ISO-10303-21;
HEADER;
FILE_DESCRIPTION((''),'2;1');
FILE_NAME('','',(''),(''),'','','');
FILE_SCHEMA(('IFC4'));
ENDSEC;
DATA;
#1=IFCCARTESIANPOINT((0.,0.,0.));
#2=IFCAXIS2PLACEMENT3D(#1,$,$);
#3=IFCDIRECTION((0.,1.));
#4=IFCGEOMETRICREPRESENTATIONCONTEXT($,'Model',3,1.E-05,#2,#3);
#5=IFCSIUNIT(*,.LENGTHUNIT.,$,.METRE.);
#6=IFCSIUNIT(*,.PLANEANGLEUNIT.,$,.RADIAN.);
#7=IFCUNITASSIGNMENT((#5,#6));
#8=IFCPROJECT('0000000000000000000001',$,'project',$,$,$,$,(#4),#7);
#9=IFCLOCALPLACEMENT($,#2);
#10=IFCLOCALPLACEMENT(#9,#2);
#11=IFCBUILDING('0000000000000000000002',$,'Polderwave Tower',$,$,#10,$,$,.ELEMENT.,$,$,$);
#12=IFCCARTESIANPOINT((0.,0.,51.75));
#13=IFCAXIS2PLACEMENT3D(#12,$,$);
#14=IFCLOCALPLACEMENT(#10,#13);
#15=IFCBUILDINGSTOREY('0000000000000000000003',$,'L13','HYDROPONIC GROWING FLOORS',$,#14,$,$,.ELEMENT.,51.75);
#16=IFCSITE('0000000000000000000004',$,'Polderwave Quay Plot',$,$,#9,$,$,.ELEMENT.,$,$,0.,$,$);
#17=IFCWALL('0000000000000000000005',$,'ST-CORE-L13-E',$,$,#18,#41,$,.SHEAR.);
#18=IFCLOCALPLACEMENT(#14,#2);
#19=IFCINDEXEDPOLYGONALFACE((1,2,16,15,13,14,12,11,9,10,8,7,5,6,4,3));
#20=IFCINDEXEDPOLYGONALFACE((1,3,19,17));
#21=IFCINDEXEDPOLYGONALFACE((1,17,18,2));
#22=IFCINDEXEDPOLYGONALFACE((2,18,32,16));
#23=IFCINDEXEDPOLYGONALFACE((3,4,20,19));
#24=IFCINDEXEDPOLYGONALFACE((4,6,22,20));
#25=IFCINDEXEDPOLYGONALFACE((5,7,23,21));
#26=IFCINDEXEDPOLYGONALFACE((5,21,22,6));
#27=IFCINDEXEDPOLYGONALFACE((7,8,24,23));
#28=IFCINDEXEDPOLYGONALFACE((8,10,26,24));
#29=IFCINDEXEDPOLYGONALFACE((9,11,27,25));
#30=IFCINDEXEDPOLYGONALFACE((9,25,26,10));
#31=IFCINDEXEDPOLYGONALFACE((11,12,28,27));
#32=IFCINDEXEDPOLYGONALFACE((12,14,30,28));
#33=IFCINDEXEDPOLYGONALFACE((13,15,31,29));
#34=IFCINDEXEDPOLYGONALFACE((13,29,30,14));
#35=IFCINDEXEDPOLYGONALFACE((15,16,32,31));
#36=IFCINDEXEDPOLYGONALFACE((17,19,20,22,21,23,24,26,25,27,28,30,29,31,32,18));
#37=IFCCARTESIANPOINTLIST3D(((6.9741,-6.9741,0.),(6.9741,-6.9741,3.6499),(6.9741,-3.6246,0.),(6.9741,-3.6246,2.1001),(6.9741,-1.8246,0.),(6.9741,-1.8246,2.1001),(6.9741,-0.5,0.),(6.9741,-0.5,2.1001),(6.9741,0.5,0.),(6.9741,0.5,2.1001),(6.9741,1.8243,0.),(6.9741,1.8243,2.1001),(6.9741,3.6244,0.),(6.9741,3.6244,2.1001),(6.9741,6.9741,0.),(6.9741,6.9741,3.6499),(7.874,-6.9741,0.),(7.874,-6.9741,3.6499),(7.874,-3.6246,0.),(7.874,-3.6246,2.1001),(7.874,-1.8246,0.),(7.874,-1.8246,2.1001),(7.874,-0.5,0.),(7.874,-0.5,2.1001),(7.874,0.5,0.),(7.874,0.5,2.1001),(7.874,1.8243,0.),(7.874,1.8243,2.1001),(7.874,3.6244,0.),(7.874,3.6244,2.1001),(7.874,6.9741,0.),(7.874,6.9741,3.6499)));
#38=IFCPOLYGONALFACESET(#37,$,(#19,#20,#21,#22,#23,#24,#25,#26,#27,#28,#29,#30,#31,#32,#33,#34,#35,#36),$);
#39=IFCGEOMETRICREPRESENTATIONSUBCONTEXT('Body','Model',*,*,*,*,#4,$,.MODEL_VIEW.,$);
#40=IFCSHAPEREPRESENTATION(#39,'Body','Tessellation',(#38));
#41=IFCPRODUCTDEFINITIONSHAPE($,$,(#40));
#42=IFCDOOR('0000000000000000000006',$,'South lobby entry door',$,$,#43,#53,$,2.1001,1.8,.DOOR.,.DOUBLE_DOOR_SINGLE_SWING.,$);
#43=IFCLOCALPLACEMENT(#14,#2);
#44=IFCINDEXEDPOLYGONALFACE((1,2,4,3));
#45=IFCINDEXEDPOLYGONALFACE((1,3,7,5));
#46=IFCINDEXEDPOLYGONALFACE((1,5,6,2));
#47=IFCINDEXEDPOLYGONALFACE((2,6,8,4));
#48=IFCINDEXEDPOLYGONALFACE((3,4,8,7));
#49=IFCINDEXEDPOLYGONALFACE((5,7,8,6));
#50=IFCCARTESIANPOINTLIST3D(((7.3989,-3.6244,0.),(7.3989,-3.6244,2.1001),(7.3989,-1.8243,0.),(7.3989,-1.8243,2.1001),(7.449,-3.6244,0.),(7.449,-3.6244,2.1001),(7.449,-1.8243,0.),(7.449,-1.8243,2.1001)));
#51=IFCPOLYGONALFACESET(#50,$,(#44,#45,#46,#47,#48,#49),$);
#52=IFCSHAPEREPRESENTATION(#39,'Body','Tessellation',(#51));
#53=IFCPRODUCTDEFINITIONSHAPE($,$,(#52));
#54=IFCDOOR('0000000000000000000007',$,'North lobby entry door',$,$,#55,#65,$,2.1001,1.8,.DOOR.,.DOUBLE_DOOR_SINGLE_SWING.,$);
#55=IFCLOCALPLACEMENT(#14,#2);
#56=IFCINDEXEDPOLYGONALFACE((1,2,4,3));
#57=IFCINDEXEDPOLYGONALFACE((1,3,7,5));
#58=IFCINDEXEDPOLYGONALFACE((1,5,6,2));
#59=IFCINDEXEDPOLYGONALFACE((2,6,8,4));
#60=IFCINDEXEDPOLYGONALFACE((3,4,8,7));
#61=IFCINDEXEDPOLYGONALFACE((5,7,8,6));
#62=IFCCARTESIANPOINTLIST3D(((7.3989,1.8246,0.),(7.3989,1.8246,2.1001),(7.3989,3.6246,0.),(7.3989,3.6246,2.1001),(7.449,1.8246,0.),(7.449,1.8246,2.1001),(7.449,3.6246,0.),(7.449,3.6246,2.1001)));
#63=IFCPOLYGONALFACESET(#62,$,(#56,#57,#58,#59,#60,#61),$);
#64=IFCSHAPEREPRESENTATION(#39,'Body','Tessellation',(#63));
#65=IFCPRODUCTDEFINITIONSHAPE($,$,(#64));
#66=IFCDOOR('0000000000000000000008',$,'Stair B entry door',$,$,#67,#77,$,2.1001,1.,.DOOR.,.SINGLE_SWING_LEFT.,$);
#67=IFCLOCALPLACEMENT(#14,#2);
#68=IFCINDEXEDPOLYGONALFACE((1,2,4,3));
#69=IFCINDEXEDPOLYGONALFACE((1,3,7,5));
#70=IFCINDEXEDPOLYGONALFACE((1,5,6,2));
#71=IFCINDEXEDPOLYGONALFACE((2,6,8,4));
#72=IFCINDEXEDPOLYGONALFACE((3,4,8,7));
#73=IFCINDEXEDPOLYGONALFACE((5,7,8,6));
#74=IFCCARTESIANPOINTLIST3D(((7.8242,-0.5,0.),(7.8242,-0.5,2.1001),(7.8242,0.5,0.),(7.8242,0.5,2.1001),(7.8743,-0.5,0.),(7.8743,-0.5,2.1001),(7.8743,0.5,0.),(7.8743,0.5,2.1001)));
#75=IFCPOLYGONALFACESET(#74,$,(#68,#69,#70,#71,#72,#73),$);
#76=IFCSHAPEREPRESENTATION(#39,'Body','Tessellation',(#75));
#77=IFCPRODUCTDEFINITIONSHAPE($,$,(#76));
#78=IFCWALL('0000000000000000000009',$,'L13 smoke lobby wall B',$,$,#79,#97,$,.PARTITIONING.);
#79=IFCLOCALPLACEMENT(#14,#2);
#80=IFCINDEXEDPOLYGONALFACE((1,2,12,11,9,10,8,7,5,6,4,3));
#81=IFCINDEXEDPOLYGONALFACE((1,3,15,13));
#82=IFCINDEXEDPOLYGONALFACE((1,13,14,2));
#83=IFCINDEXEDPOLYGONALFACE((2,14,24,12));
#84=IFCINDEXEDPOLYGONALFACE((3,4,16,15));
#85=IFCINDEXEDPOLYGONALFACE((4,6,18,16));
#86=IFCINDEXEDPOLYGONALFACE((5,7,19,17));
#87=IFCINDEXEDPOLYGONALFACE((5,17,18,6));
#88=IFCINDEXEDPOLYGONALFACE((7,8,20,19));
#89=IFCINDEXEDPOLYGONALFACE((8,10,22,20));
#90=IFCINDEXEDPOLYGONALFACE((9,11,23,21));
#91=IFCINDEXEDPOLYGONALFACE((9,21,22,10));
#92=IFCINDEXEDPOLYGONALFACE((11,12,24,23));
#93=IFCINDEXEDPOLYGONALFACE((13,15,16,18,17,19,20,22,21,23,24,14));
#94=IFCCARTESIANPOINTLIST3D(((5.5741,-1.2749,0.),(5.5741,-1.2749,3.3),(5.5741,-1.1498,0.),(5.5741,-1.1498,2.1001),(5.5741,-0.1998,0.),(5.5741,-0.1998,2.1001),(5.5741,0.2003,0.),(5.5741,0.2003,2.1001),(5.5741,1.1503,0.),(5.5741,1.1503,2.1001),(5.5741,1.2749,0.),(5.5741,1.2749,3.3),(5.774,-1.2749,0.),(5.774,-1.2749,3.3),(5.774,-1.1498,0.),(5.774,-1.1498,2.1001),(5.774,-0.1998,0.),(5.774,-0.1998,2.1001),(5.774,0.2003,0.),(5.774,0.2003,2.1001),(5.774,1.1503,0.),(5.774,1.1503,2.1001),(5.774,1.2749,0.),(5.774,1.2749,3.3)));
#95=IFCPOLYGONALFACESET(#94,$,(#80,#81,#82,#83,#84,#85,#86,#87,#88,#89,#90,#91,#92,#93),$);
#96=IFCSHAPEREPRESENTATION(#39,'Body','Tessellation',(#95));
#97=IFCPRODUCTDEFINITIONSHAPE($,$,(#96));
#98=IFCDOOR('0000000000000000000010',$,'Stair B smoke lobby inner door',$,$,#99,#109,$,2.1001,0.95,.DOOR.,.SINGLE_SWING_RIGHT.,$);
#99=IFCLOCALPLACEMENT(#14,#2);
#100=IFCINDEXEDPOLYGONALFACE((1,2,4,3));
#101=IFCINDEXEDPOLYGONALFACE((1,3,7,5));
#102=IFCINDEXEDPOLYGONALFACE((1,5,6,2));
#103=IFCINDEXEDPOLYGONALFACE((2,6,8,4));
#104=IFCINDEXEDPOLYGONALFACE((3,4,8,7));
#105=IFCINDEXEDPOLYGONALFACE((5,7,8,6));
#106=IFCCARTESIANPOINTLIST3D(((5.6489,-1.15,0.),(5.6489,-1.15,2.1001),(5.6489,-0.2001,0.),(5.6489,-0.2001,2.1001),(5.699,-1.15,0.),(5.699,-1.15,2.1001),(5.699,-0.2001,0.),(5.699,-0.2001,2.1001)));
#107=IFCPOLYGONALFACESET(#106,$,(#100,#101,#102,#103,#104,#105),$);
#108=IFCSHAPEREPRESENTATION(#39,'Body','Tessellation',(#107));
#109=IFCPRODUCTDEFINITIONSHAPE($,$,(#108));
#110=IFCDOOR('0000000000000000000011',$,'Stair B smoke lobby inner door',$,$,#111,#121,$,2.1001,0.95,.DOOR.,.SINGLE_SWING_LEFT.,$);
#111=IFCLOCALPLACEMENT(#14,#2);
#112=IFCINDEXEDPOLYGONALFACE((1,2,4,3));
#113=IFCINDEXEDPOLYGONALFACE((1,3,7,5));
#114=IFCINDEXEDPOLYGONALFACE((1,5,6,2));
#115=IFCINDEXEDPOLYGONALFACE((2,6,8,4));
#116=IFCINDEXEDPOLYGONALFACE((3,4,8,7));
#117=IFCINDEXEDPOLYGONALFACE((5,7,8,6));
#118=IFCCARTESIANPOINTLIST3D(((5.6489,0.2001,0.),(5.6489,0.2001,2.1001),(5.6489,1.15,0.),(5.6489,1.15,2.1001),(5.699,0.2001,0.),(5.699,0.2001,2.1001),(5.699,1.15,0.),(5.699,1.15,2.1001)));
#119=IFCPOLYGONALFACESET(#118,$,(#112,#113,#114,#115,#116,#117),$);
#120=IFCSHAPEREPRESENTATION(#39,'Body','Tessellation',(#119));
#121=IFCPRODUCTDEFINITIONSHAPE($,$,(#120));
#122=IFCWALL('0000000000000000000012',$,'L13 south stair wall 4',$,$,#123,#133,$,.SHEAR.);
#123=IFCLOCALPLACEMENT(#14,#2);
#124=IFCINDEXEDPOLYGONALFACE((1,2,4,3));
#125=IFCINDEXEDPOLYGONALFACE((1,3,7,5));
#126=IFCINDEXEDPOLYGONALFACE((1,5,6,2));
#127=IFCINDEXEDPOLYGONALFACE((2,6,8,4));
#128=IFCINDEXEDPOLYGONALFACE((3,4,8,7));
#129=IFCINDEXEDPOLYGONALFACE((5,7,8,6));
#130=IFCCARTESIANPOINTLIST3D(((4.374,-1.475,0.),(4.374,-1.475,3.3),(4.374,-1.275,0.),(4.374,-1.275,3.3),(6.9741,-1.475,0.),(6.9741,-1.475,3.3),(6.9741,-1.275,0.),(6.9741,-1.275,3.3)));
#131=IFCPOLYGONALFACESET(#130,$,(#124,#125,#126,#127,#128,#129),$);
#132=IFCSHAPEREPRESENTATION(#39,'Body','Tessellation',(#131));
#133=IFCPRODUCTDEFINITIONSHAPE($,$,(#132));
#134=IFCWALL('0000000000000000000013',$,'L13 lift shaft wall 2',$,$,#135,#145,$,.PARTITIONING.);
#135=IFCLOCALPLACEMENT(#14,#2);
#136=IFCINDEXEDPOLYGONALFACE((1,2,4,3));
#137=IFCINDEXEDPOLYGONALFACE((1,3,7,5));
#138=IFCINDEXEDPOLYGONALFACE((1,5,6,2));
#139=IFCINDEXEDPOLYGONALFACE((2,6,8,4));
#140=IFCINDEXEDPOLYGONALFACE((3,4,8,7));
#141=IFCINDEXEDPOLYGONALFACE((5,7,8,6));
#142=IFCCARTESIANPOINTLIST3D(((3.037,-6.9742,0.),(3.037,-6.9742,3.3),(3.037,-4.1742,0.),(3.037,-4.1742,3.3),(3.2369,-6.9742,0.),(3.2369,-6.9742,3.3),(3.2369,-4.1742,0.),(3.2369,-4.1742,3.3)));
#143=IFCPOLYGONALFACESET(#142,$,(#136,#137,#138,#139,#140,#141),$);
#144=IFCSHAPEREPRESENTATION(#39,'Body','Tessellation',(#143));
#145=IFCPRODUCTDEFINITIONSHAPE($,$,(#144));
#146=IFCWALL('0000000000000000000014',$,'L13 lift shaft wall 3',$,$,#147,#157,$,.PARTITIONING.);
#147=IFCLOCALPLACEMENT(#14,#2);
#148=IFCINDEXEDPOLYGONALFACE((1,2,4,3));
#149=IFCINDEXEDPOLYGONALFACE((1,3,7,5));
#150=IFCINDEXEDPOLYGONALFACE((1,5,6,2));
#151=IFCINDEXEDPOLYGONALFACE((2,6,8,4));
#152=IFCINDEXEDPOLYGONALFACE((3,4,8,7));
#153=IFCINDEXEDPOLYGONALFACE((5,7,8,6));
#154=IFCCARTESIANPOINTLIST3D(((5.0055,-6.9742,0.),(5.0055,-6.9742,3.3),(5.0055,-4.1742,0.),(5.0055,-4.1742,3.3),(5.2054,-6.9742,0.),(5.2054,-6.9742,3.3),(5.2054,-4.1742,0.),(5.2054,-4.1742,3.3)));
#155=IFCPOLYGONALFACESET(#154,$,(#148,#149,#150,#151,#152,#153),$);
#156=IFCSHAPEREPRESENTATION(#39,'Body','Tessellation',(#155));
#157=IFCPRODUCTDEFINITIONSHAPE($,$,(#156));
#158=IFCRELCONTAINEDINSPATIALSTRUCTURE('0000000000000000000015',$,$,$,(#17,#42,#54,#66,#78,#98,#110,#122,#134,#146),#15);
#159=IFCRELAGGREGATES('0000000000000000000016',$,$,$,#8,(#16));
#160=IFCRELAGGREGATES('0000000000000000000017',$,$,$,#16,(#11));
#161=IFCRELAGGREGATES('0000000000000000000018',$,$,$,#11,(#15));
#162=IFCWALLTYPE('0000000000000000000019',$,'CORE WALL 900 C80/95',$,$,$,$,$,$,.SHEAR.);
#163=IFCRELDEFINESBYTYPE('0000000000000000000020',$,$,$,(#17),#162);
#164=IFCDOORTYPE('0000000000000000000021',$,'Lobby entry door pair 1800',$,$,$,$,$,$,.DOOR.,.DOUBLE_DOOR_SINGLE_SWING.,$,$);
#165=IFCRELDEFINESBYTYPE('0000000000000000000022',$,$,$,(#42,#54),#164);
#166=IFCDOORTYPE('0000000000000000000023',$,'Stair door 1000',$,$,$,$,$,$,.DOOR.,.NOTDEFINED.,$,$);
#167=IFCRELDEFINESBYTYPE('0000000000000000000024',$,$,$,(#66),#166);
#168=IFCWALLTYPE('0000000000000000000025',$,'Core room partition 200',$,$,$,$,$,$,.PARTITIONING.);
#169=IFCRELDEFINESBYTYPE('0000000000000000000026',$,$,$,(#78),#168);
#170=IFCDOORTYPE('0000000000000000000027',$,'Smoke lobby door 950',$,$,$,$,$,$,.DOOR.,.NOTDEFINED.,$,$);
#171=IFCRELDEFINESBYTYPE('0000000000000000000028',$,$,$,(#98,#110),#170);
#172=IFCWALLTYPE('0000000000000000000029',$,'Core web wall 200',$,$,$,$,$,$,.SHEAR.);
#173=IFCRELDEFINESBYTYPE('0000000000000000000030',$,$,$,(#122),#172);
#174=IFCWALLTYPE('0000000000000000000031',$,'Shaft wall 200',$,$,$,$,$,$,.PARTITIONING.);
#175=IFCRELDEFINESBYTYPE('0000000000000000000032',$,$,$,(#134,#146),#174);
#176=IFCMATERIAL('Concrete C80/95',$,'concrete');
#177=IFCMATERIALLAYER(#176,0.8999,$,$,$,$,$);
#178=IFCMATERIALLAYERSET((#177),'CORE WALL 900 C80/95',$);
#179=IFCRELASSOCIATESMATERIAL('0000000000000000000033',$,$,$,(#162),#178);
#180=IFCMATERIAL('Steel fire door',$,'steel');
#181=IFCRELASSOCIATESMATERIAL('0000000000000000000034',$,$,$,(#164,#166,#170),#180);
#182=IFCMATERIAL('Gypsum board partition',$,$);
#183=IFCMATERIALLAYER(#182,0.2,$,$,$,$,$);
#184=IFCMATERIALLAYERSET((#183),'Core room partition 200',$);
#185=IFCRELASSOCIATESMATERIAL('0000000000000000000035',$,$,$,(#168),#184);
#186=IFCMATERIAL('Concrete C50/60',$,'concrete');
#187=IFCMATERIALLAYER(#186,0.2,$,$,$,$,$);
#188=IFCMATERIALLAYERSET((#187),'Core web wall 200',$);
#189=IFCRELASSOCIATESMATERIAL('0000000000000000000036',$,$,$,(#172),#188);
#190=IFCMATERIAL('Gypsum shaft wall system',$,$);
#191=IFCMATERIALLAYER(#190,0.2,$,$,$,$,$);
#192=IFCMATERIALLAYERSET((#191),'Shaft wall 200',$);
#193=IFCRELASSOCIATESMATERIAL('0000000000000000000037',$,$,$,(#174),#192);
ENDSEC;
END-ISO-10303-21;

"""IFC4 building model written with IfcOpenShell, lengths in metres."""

from ifc_helpers import new_model, si_unit, direction, frame, frame_2d, origin, place, context, subcontext, project, spatial, rectangle, extrude, material, layer, layer_set, type_object, element, fill, save


model = new_model("IFC4")

# Units and contexts
model_context = context("Model", 3, precision=1e-05, world=origin(), true_north=direction((0.0, 1.0)))
body_context = subcontext(model_context, "Body", "Model", "MODEL_VIEW")
ifc_project = project(units=[si_unit("LENGTHUNIT", "METRE"), si_unit("PLANEANGLEUNIT", "RADIAN")], contexts=[model_context])

# Site, building, storey
site_placement = place(None, origin())
site = spatial("IfcSite", under=ifc_project, at=site_placement, Name="Polderwave Quay Plot", CompositionType="ELEMENT", RefElevation=0.0)
building_placement = place(site_placement, origin())
building = spatial("IfcBuilding", under=site, at=building_placement, Name="Polderwave Tower", CompositionType="ELEMENT")
storey_placement = place(building_placement, frame((0.0, 0.0, 51.75)))
storey = spatial("IfcBuildingStorey", under=building, at=storey_placement, Name="L13", Description="HYDROPONIC GROWING FLOORS", CompositionType="ELEMENT", Elevation=51.75)

# Walls, openings, doors
ifc_material_1 = material(Name="Concrete C80/95", Category="concrete")
ifc_layer_1 = layer(ifc_material_1, 0.8999)
ifc_layer_set_1 = layer_set([ifc_layer_1], Name="CORE WALL 900 C80/95")
wall_type_1 = type_object("IfcWallType", Name="CORE WALL 900 C80/95", PredefinedType="SHEAR", material=ifc_layer_set_1)
wall_1_placement = place(storey_placement, frame((7.4241, -6.9741, 0.0), z_axis=(0.0, 0.0, 1.0), x_axis=(0.0, 1.0, 0.0)))
wall_1 = element("IfcWall", 1, at=wall_1_placement, inside=storey, type_object=wall_type_1, Name="ST-CORE-L13-E", PredefinedType="SHEAR", context=body_context, shape_type="SweptSolid", body=[
    extrude(rectangle(XDim=13.9482, YDim=0.8999, at=frame_2d((6.9741, 0.0))), origin(), (0.0, 0.0, 1.0), 3.6499),
])
opening_1_placement = place(wall_1_placement, frame((6.4741, 0.0, 0.0)))
opening_1 = element("IfcOpeningElement", 2, at=opening_1_placement, cuts=wall_1, PredefinedType="OPENING", context=body_context, shape_type="SweptSolid", body=[
    extrude(rectangle(XDim=1.0, YDim=2.1001, at=frame_2d((0.5, 1.05))), frame((0.0, 0.46, 0.0), z_axis=(0.0, -1.0, 0.0), x_axis=(1.0, 0.0, 0.0)), (0.0, 0.0, 1.0), 0.9199),
])
opening_2_placement = place(wall_1_placement, frame((3.3496, 0.0, 0.0)))
opening_2 = element("IfcOpeningElement", 3, at=opening_2_placement, cuts=wall_1, PredefinedType="OPENING", context=body_context, shape_type="SweptSolid", body=[
    extrude(rectangle(XDim=1.8, YDim=2.1001, at=frame_2d((0.8999, 1.05))), frame((0.0, 0.46, 0.0), z_axis=(0.0, -1.0, 0.0), x_axis=(1.0, 0.0, 0.0)), (0.0, 0.0, 1.0), 0.9199),
])
opening_3_placement = place(wall_1_placement, frame((8.7986, 0.0, 0.0)))
opening_3 = element("IfcOpeningElement", 4, at=opening_3_placement, cuts=wall_1, PredefinedType="OPENING", context=body_context, shape_type="SweptSolid", body=[
    extrude(rectangle(XDim=1.8, YDim=2.1001, at=frame_2d((0.8999, 1.05))), frame((0.0, 0.46, 0.0), z_axis=(0.0, -1.0, 0.0), x_axis=(1.0, 0.0, 0.0)), (0.0, 0.0, 1.0), 0.9199),
])
ifc_material_2 = material(Name="Steel fire door", Category="steel")
door_type_1 = type_object("IfcDoorType", Name="Lobby entry door pair 1800", OperationType="DOUBLE_DOOR_SINGLE_SWING", PredefinedType="DOOR", material=ifc_material_2)
door_1_placement = place(opening_2_placement, frame((1.8, 0.0, 0.0), z_axis=(0.0, 0.0, 1.0), x_axis=(-1.0, 0.0, 0.0)))
door_1 = element("IfcDoor", 5, at=door_1_placement, inside=storey, type_object=door_type_1, Name="South lobby entry door", OperationType="DOUBLE_DOOR_SINGLE_SWING", OverallHeight=2.1001, OverallWidth=1.8, PredefinedType="DOOR", context=body_context, shape_type="SweptSolid", body=[
    extrude(rectangle(XDim=1.8, YDim=2.1001, at=frame_2d((0.8999, 1.05))), frame((0.0, 0.0249, 0.0), z_axis=(0.0, -1.0, 0.0), x_axis=(1.0, 0.0, 0.0)), (0.0, 0.0, 1.0), 0.05),
])
fill(opening_2, door_1)
door_2_placement = place(opening_3_placement, frame((1.8, 0.0, 0.0), z_axis=(0.0, 0.0, 1.0), x_axis=(-1.0, 0.0, 0.0)))
door_2 = element("IfcDoor", 6, at=door_2_placement, inside=storey, type_object=door_type_1, Name="North lobby entry door", OperationType="DOUBLE_DOOR_SINGLE_SWING", OverallHeight=2.1001, OverallWidth=1.8, PredefinedType="DOOR", context=body_context, shape_type="SweptSolid", body=[
    extrude(rectangle(XDim=1.8, YDim=2.1001, at=frame_2d((0.8999, 1.05))), frame((0.0, 0.0249, 0.0), z_axis=(0.0, -1.0, 0.0), x_axis=(1.0, 0.0, 0.0)), (0.0, 0.0, 1.0), 0.05),
])
fill(opening_3, door_2)
door_type_2 = type_object("IfcDoorType", Name="Stair door 1000", OperationType="NOTDEFINED", PredefinedType="DOOR", material=ifc_material_2)
door_3_placement = place(opening_1_placement, frame((1.0, 0.0, 0.0), z_axis=(0.0, 0.0, 1.0), x_axis=(-1.0, 0.0, 0.0)))
door_3 = element("IfcDoor", 7, at=door_3_placement, inside=storey, type_object=door_type_2, Name="Stair B entry door", OperationType="SINGLE_SWING_LEFT", OverallHeight=2.1001, OverallWidth=1.0, PredefinedType="DOOR", context=body_context, shape_type="SweptSolid", body=[
    extrude(rectangle(XDim=1.0, YDim=2.1001, at=frame_2d((0.5, 1.05))), frame((0.0, 0.4502, 0.0), z_axis=(0.0, -1.0, 0.0), x_axis=(1.0, 0.0, 0.0)), (0.0, 0.0, 1.0), 0.05),
])
fill(opening_1, door_3)
ifc_material_3 = material(Name="Gypsum board partition")
ifc_layer_2 = layer(ifc_material_3, 0.2)
ifc_layer_set_2 = layer_set([ifc_layer_2], Name="Core room partition 200")
wall_type_2 = type_object("IfcWallType", Name="Core room partition 200", PredefinedType="PARTITIONING", material=ifc_layer_set_2)
wall_2_placement = place(storey_placement, frame((5.6741, -1.2749, 0.0), z_axis=(0.0, 0.0, 1.0), x_axis=(0.0, 1.0, 0.0)))
wall_2 = element("IfcWall", 8, at=wall_2_placement, inside=storey, type_object=wall_type_2, Name="L13 smoke lobby wall B", PredefinedType="PARTITIONING", context=body_context, shape_type="SweptSolid", body=[
    extrude(rectangle(XDim=2.5498, YDim=0.2, at=frame_2d((1.2749, 0.0))), origin(), (0.0, 0.0, 1.0), 3.3),
])
opening_4_placement = place(wall_2_placement, frame((0.125, 0.0, 0.0)))
opening_4 = element("IfcOpeningElement", 9, at=opening_4_placement, cuts=wall_2, PredefinedType="OPENING", context=body_context, shape_type="SweptSolid", body=[
    extrude(rectangle(XDim=0.95, YDim=2.1001, at=frame_2d((0.4751, 1.05))), frame((0.0, 0.1099, 0.0), z_axis=(0.0, -1.0, 0.0), x_axis=(1.0, 0.0, 0.0)), (0.0, 0.0, 1.0), 0.22),
])
opening_5_placement = place(wall_2_placement, frame((1.4751, 0.0, 0.0)))
opening_5 = element("IfcOpeningElement", 10, at=opening_5_placement, cuts=wall_2, PredefinedType="OPENING", context=body_context, shape_type="SweptSolid", body=[
    extrude(rectangle(XDim=0.95, YDim=2.1001, at=frame_2d((0.4751, 1.05))), frame((0.0, 0.1099, 0.0), z_axis=(0.0, -1.0, 0.0), x_axis=(1.0, 0.0, 0.0)), (0.0, 0.0, 1.0), 0.22),
])
door_type_3 = type_object("IfcDoorType", Name="Smoke lobby door 950", OperationType="NOTDEFINED", PredefinedType="DOOR", material=ifc_material_2)
door_4_placement = place(opening_4_placement, frame((0.95, 0.0, 0.0), z_axis=(0.0, 0.0, 1.0), x_axis=(-1.0, 0.0, 0.0)))
door_4 = element("IfcDoor", 11, at=door_4_placement, inside=storey, type_object=door_type_3, Name="Stair B smoke lobby inner door", OperationType="SINGLE_SWING_RIGHT", OverallHeight=2.1001, OverallWidth=0.95, PredefinedType="DOOR", context=body_context, shape_type="SweptSolid", body=[
    extrude(rectangle(XDim=0.95, YDim=2.1001, at=frame_2d((0.4751, 1.05))), frame((0.0, 0.0249, 0.0), z_axis=(0.0, -1.0, 0.0), x_axis=(1.0, 0.0, 0.0)), (0.0, 0.0, 1.0), 0.05),
])
fill(opening_4, door_4)
door_5_placement = place(opening_5_placement, frame((0.95, 0.0, 0.0), z_axis=(0.0, 0.0, 1.0), x_axis=(-1.0, 0.0, 0.0)))
door_5 = element("IfcDoor", 12, at=door_5_placement, inside=storey, type_object=door_type_3, Name="Stair B smoke lobby inner door", OperationType="SINGLE_SWING_LEFT", OverallHeight=2.1001, OverallWidth=0.95, PredefinedType="DOOR", context=body_context, shape_type="SweptSolid", body=[
    extrude(rectangle(XDim=0.95, YDim=2.1001, at=frame_2d((0.4751, 1.05))), frame((0.0, 0.0249, 0.0), z_axis=(0.0, -1.0, 0.0), x_axis=(1.0, 0.0, 0.0)), (0.0, 0.0, 1.0), 0.05),
])
fill(opening_5, door_5)

# Walls
ifc_material_4 = material(Name="Concrete C50/60", Category="concrete")
ifc_layer_3 = layer(ifc_material_4, 0.2)
ifc_layer_set_3 = layer_set([ifc_layer_3], Name="Core web wall 200")
wall_type_3 = type_object("IfcWallType", Name="Core web wall 200", PredefinedType="SHEAR", material=ifc_layer_set_3)
wall_3_placement = place(storey_placement, frame((4.374, -1.375, 0.0), z_axis=(0.0, 0.0, 1.0), x_axis=(1.0, 0.0, 0.0)))
element("IfcWall", 13, at=wall_3_placement, inside=storey, type_object=wall_type_3, Name="L13 south stair wall 4", PredefinedType="SHEAR", context=body_context, shape_type="SweptSolid", body=[
    extrude(rectangle(XDim=2.6001, YDim=0.2, at=frame_2d((1.3, 0.0))), origin(), (0.0, 0.0, 1.0), 3.3),
])
ifc_material_5 = material(Name="Gypsum shaft wall system")
ifc_layer_4 = layer(ifc_material_5, 0.2)
ifc_layer_set_4 = layer_set([ifc_layer_4], Name="Shaft wall 200")
wall_type_4 = type_object("IfcWallType", Name="Shaft wall 200", PredefinedType="PARTITIONING", material=ifc_layer_set_4)
for number, where, z_axis, x_axis, name in (
    (14, (3.137, -6.9741, 0.0), (0.0, 0.0, 1.0), (0.0, 1.0, 0.0), "L13 lift shaft wall 2"),
    (15, (5.1055, -6.9741, 0.0), (0.0, 0.0, 1.0), (0.0, 1.0, 0.0), "L13 lift shaft wall 3"),
):
    element("IfcWall", number, at=place(storey_placement, frame(where, z_axis=z_axis, x_axis=x_axis)), inside=storey, type_object=wall_type_4, Name=name, PredefinedType="PARTITIONING", context=body_context, shape_type="SweptSolid", body=[
        extrude(rectangle(XDim=2.8, YDim=0.2, at=frame_2d((1.3999, 0.0))), origin(), (0.0, 0.0, 1.0), 3.3),
    ])

save(model, "model.ifc")
